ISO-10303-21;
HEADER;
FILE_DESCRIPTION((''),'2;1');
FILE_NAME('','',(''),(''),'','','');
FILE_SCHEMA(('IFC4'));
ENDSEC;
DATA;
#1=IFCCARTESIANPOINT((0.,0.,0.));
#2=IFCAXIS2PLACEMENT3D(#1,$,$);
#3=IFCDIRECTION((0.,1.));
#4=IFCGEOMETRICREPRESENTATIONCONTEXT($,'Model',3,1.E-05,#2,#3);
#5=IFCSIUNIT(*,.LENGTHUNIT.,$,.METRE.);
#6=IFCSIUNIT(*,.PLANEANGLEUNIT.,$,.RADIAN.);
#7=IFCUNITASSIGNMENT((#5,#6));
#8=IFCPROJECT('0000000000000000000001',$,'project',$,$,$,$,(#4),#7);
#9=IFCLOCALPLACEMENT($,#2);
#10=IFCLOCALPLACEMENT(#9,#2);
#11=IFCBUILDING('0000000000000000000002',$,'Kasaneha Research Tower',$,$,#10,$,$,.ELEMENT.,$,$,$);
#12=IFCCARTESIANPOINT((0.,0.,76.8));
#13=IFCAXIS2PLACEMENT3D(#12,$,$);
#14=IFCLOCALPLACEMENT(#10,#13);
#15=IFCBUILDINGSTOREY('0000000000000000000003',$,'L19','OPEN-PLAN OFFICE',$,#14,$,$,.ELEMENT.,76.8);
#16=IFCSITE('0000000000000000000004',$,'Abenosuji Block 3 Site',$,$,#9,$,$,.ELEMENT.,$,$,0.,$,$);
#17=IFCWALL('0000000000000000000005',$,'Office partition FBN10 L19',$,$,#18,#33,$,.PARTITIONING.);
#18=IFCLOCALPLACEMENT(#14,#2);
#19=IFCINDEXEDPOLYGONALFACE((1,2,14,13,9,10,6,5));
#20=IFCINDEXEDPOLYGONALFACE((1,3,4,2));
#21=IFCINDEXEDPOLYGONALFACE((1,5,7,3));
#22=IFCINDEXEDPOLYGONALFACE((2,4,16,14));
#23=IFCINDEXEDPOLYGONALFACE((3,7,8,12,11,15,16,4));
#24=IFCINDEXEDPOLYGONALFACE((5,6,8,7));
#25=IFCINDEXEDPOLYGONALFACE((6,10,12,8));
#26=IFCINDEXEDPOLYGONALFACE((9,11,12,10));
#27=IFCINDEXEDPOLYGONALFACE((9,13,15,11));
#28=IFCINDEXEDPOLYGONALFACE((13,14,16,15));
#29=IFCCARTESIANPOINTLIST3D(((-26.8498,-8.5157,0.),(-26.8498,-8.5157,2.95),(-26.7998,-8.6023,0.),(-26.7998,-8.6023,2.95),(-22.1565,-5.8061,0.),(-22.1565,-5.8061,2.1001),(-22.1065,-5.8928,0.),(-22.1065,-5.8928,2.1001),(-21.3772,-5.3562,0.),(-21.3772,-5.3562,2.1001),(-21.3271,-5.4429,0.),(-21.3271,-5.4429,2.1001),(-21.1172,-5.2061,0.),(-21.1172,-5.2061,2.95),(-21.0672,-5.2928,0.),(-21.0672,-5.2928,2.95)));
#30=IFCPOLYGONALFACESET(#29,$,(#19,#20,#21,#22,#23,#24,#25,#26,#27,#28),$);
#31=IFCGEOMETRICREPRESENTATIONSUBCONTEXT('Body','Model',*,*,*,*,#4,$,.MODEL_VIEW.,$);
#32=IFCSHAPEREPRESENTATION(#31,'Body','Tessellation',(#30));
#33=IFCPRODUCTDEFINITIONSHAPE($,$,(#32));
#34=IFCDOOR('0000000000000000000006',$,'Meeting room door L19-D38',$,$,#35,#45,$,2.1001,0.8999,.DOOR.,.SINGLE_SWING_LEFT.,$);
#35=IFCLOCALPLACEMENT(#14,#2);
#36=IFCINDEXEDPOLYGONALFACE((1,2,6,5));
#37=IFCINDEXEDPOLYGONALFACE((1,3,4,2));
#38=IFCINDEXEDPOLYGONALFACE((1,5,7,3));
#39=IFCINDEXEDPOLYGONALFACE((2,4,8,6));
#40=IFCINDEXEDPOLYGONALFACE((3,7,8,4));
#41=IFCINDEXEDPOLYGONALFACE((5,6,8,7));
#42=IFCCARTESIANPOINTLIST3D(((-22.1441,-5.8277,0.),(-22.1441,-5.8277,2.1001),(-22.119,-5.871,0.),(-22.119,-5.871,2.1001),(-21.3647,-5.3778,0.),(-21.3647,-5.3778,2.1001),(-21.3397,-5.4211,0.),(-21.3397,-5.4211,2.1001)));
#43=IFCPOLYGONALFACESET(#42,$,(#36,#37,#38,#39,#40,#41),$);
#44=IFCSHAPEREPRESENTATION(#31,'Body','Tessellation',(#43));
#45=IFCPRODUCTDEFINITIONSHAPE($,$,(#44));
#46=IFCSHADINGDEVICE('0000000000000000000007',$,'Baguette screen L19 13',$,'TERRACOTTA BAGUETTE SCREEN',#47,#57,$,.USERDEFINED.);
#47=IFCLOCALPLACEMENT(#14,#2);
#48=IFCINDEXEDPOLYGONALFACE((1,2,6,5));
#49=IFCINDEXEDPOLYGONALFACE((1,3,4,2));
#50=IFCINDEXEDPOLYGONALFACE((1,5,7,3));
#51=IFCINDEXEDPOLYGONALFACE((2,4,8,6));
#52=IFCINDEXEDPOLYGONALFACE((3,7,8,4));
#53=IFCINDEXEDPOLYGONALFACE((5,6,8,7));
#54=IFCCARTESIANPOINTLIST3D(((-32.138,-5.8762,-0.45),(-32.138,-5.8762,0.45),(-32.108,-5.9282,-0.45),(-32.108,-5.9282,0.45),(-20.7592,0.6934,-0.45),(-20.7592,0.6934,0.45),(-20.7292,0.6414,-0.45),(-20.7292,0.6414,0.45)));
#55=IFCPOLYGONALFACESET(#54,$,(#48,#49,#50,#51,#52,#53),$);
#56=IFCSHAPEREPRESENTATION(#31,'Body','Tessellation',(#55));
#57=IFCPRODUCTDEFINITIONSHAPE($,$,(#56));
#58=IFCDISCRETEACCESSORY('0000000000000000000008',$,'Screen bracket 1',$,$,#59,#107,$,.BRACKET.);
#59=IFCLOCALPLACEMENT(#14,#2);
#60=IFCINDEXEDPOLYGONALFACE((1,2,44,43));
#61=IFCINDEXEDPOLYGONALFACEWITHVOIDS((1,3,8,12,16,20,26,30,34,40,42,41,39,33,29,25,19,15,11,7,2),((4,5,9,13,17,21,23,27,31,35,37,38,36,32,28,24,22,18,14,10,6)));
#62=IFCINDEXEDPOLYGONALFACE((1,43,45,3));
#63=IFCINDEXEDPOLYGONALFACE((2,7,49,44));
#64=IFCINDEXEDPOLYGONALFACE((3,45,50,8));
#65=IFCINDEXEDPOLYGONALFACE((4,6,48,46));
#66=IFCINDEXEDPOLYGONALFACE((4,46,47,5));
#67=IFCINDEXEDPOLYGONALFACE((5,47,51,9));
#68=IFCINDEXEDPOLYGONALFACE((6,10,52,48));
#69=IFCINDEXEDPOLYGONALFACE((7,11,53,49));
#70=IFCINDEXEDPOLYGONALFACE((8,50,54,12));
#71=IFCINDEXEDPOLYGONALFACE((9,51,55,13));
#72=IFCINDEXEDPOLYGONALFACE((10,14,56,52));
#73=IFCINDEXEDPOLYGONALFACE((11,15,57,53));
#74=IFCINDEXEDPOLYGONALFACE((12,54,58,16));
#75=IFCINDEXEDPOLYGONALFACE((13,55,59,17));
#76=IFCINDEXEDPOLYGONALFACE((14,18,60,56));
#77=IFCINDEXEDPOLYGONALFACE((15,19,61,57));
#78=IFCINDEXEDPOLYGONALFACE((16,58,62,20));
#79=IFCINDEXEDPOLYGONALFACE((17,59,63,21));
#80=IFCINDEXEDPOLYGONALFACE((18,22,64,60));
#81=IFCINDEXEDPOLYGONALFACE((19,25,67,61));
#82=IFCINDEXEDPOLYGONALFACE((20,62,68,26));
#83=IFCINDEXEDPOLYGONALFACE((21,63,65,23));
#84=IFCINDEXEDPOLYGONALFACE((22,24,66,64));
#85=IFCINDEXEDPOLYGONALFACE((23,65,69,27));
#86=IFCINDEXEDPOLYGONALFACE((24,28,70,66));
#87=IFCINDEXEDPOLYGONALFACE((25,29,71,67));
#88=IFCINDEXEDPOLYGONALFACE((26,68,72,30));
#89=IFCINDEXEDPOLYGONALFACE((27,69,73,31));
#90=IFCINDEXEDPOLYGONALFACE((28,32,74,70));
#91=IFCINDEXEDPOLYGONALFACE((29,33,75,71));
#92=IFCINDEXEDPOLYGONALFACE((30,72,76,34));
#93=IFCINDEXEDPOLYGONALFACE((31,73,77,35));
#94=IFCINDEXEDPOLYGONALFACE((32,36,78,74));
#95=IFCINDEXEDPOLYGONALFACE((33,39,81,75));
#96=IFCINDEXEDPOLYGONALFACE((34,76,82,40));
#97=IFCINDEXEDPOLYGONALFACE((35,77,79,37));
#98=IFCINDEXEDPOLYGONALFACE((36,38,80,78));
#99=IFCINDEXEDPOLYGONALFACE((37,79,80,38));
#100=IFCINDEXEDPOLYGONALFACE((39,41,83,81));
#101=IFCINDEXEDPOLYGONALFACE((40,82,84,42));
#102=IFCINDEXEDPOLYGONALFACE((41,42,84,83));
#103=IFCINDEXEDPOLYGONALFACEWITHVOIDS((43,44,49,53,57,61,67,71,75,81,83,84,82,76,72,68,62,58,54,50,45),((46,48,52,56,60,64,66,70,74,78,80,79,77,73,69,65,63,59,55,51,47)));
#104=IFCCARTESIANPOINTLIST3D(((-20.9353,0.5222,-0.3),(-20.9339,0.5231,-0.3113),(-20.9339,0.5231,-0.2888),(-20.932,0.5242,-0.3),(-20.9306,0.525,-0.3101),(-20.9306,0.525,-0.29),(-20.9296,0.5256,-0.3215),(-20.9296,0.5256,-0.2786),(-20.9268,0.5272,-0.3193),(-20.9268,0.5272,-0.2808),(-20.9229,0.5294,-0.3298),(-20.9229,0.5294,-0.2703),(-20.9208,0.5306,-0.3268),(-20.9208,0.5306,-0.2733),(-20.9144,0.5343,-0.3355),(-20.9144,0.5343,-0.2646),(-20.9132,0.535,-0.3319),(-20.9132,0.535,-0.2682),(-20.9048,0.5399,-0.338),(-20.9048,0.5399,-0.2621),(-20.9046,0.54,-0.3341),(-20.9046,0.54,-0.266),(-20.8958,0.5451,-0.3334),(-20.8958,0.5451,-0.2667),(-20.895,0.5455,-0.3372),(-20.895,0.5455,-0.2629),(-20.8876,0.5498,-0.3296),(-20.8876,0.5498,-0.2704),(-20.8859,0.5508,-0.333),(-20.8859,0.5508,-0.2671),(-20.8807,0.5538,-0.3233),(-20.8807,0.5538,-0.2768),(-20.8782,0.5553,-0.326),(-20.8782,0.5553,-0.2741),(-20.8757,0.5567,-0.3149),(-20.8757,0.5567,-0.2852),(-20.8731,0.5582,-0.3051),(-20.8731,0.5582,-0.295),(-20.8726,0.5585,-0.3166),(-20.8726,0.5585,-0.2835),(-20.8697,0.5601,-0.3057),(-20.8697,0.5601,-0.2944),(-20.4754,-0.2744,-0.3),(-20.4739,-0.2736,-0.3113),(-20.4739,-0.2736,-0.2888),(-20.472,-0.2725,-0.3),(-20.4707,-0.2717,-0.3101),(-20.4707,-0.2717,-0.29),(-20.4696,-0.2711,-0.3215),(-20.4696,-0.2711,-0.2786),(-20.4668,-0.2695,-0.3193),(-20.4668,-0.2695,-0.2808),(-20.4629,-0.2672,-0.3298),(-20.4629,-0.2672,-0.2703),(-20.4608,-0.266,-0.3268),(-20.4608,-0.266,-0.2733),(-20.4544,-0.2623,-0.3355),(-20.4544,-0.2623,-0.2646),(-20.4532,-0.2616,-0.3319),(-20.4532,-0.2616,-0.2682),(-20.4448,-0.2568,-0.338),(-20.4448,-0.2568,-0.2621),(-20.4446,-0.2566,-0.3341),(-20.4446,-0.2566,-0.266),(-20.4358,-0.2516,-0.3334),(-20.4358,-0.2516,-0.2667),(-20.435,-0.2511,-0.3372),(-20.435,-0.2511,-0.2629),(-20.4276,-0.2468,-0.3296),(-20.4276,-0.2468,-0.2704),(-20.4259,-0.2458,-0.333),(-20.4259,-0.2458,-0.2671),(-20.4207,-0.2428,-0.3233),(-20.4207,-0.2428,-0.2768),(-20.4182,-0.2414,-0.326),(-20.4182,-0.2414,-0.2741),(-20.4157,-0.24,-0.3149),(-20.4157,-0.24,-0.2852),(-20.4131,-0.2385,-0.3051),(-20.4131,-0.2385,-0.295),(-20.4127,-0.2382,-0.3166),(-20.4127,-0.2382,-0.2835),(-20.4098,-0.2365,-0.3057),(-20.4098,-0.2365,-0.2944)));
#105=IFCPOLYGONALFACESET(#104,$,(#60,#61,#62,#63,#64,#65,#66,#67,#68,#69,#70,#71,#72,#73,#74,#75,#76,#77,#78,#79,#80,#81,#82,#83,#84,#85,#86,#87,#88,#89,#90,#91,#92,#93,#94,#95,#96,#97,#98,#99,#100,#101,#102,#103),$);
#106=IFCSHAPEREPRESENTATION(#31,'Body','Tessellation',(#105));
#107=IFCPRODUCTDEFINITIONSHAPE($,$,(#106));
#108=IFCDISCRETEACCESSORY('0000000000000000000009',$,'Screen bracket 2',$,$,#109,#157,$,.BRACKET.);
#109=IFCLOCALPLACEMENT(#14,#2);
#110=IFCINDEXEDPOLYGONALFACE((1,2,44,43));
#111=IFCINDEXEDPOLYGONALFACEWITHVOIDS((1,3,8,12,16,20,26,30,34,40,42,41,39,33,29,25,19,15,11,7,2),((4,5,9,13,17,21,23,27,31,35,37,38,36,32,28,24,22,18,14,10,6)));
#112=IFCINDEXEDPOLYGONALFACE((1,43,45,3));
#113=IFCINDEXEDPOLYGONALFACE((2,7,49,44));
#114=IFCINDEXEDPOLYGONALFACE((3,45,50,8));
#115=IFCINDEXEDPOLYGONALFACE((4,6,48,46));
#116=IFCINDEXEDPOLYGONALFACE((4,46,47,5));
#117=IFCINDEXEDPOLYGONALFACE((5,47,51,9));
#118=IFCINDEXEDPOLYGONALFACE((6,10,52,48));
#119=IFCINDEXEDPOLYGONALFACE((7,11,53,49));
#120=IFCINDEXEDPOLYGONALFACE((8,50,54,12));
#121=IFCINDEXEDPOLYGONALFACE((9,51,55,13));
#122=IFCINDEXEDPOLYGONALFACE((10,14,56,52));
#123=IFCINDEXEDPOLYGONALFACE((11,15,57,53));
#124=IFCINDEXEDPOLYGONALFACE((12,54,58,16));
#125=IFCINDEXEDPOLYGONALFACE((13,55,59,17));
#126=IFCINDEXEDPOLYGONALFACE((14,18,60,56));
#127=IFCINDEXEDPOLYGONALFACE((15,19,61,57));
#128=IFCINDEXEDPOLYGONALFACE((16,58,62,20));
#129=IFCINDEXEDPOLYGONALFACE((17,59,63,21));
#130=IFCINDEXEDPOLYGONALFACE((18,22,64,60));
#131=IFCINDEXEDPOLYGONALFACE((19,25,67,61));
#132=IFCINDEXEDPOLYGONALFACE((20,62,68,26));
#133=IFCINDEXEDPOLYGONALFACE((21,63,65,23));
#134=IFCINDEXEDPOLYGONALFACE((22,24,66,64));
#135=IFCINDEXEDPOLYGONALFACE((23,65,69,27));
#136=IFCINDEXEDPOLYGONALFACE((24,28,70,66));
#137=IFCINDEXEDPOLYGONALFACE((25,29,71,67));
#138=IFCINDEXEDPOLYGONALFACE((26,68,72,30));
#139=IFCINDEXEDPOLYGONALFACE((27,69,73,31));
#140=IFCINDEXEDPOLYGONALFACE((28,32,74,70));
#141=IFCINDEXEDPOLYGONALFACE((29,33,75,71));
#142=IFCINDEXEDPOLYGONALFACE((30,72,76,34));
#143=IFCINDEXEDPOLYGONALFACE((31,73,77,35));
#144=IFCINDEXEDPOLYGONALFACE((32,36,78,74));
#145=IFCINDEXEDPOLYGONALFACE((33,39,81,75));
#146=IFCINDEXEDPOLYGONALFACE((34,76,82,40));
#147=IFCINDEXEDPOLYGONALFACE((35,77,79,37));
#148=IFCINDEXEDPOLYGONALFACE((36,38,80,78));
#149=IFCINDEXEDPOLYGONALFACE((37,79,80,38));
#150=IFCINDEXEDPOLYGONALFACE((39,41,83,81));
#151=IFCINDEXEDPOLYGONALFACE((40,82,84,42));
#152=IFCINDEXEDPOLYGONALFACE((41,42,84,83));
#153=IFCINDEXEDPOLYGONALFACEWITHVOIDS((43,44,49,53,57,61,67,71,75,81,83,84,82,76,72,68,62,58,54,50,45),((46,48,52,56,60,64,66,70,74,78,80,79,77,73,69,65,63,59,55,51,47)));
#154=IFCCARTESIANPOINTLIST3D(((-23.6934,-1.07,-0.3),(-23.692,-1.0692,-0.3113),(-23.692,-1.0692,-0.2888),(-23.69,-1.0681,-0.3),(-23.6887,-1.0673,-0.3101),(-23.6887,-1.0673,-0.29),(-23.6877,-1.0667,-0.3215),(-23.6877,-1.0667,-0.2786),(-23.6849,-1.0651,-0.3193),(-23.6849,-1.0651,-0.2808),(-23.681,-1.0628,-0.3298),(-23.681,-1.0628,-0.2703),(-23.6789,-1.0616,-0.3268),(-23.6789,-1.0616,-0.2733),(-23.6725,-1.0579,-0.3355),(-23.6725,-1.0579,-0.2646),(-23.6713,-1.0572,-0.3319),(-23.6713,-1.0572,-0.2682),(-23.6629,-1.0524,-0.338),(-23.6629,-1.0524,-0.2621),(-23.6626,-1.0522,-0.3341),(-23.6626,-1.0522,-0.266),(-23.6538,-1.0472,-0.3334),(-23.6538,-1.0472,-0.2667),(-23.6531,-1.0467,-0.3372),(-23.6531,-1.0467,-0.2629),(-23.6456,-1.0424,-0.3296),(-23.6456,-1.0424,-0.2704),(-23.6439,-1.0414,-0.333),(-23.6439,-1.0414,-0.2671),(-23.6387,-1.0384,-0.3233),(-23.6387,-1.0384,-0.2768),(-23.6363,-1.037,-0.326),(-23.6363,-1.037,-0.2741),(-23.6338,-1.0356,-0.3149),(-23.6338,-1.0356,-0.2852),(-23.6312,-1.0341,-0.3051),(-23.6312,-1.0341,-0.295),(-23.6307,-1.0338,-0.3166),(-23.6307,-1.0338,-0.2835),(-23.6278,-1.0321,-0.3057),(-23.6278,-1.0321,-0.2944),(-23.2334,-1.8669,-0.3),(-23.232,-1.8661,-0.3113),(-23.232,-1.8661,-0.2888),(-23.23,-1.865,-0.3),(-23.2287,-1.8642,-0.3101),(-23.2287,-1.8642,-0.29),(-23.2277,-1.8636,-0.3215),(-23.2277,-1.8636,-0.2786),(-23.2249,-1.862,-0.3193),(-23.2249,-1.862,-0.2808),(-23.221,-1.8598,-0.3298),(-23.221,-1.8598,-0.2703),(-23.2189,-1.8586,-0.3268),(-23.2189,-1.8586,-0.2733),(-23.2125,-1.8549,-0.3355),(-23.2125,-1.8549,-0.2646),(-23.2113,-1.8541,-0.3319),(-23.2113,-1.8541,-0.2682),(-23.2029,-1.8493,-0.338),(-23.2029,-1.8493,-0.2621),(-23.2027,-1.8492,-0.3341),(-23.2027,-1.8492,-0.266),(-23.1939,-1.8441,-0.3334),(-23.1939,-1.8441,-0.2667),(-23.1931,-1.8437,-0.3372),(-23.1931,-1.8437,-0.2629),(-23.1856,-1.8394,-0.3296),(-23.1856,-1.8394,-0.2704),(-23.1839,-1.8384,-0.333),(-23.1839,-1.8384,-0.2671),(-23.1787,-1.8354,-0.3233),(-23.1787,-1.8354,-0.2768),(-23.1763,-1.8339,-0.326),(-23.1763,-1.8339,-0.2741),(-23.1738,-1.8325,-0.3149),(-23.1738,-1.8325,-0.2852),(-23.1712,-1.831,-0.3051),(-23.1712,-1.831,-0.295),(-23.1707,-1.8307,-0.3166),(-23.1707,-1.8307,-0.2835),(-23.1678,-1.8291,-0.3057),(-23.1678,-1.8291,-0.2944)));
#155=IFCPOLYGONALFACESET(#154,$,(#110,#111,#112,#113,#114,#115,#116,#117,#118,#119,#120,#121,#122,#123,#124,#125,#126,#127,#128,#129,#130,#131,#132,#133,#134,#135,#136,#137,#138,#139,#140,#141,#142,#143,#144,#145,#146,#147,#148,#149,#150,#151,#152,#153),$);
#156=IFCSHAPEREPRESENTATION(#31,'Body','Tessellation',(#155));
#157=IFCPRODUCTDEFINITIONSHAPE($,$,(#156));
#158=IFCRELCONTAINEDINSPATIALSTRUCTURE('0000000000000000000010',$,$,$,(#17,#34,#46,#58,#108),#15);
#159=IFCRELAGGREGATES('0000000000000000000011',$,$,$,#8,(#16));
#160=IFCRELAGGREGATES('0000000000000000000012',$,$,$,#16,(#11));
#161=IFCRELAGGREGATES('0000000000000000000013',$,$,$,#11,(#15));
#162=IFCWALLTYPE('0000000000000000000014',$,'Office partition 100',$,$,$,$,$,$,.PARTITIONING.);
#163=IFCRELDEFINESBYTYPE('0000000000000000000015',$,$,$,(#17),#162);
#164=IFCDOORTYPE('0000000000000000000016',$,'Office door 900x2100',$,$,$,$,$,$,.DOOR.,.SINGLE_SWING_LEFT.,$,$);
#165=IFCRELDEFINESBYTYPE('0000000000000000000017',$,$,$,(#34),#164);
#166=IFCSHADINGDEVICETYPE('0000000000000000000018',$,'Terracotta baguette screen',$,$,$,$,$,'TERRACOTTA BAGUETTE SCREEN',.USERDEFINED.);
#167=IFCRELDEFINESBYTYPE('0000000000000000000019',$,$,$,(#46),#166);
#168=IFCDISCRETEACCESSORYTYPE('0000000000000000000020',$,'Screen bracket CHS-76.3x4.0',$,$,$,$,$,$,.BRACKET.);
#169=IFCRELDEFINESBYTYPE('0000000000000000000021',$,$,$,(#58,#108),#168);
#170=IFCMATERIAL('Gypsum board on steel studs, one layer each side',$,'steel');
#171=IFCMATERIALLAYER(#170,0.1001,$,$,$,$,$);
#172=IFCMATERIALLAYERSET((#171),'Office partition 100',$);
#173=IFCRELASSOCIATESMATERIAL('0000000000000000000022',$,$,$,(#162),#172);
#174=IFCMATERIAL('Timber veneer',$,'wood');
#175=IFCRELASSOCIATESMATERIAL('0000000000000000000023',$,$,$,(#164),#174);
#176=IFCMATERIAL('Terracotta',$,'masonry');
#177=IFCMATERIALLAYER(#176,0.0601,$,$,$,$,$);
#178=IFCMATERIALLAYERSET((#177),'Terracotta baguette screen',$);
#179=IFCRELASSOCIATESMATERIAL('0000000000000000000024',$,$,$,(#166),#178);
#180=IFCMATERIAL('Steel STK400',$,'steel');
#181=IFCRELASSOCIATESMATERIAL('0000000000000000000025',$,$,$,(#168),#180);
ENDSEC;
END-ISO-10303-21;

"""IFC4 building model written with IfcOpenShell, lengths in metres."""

from ifc_helpers import new_model, si_unit, direction, frame, frame_2d, origin, origin_2d, place, context, subcontext, project, spatial, rectangle, hollow_circle, extrude, material, layer, layer_set, material_profile, profile_set, type_object, element, fill, save


model = new_model("IFC4")

# Units and contexts
model_context = context("Model", 3, precision=1e-05, world=origin(), true_north=direction((0.0, 1.0)))
body_context = subcontext(model_context, "Body", "Model", "MODEL_VIEW")
ifc_project = project(units=[si_unit("LENGTHUNIT", "METRE"), si_unit("PLANEANGLEUNIT", "RADIAN")], contexts=[model_context])

# Site, building, storey
site_placement = place(None, origin())
site = spatial("IfcSite", under=ifc_project, at=site_placement, Name="Abenosuji Block 3 Site", CompositionType="ELEMENT", RefElevation=0.0)
building_placement = place(site_placement, origin())
building = spatial("IfcBuilding", under=site, at=building_placement, Name="Kasaneha Research Tower", CompositionType="ELEMENT")
storey_placement = place(building_placement, frame((0.0, 0.0, 76.8)))
storey = spatial("IfcBuildingStorey", under=building, at=storey_placement, Name="L19", Description="OPEN-PLAN OFFICE", CompositionType="ELEMENT", Elevation=76.8)

# Shared definitions
ifc_material_1 = material(Name="Gypsum board on steel studs, one layer each side", Category="steel")
ifc_layer_1 = layer(ifc_material_1, 0.1001)
ifc_layer_set_1 = layer_set([ifc_layer_1], Name="Office partition 100")
wall_type = type_object("IfcWallType", Name="Office partition 100", PredefinedType="PARTITIONING", material=ifc_layer_set_1)

# Wall, opening, door
wall_1_placement = place(storey_placement, frame((-21.0923, -5.2495, 0.0), z_axis=(0.0, 0.0, 1.0), x_axis=(-0.866038, -0.499979, 0.0)))
wall_1 = element("IfcWall", 1, at=wall_1_placement, inside=storey, type_object=wall_type, Name="Office partition FBN10 L19", PredefinedType="PARTITIONING", context=body_context, shape_type="SweptSolid", body=[
    extrude(rectangle(XDim=6.6194, YDim=0.1001, at=frame_2d((3.3096, 0.0))), origin(), (0.0, 0.0, 1.0), 2.95),
])
opening_placement = place(wall_1_placement, frame((0.3, 0.0, 0.0)))
opening = element("IfcOpeningElement", 2, at=opening_placement, cuts=wall_1, PredefinedType="OPENING", context=body_context, shape_type="SweptSolid", body=[
    extrude(rectangle(XDim=0.8999, YDim=2.1001, at=frame_2d((0.45, 1.05))), frame((0.0, 0.0601, 0.0), z_axis=(0.0, -1.0, 0.0), x_axis=(1.0, 0.0, 0.0)), (0.0, 0.0, 1.0), 0.1201),
])
ifc_material_2 = material(Name="Timber veneer", Category="wood")
door_type = type_object("IfcDoorType", Name="Office door 900x2100", OperationType="SINGLE_SWING_LEFT", PredefinedType="DOOR", material=ifc_material_2)
door_placement = place(opening_placement, origin())
door = element("IfcDoor", 3, at=door_placement, inside=storey, type_object=door_type, Name="Meeting room door L19-D38", OperationType="SINGLE_SWING_LEFT", OverallHeight=2.1001, OverallWidth=0.8999, PredefinedType="DOOR", context=body_context, shape_type="SweptSolid", body=[
    extrude(rectangle(XDim=0.8999, YDim=2.1001, at=frame_2d((0.45, 1.05))), frame((0.0, 0.0249, 0.0), z_axis=(0.0, -1.0, 0.0), x_axis=(1.0, 0.0, 0.0)), (0.0, 0.0, 1.0), 0.05),
])
fill(opening, door)

# Shading device
ifc_material_3 = material(Name="Terracotta", Category="masonry")
ifc_layer_2 = layer(ifc_material_3, 0.0601)
ifc_layer_set_2 = layer_set([ifc_layer_2], Name="Terracotta baguette screen")
shading_device_type = type_object("IfcShadingDeviceType", Name="Terracotta baguette screen", ElementType="TERRACOTTA BAGUETTE SCREEN", PredefinedType="USERDEFINED", material=ifc_layer_set_2)
shading_device_placement = place(storey_placement, frame((-26.4336, -2.6174, -0.45), z_axis=(0.0, 0.0, 1.0), x_axis=(-0.866025, -0.5, 0.0)))
element("IfcShadingDevice", 4, at=shading_device_placement, inside=storey, type_object=shading_device_type, Name="Baguette screen L19 13", ObjectType="TERRACOTTA BAGUETTE SCREEN", PredefinedType="USERDEFINED", context=body_context, shape_type="SweptSolid", body=[
    extrude(rectangle(XDim=13.1392, YDim=0.0601, at=origin_2d()), origin(), (0.0, 0.0, 1.0), 0.8999),
])

# Discrete accessories
ifc_material_4 = material(Name="Steel STK400", Category="steel")
ifc_material_profile_1 = material_profile(ifc_material_4, hollow_circle(Radius=0.0381, WallThickness=0.0039, at=origin_2d()), Name="CHS-76.3x4.0")
ifc_profile_set_1 = profile_set([ifc_material_profile_1], Name="Steel STK400")
discrete_accessory_type = type_object("IfcDiscreteAccessoryType", Name="Screen bracket CHS-76.3x4.0", PredefinedType="BRACKET", material=ifc_profile_set_1)
discrete_accessory_1_placement = place(storey_placement, frame((-20.4424, -0.2554, -0.3), z_axis=(-0.500021, 0.866013, 0.0), x_axis=(-0.866013, -0.500021, 0.0)))
element("IfcDiscreteAccessory", 5, at=discrete_accessory_1_placement, inside=storey, type_object=discrete_accessory_type, Name="Screen bracket 1", PredefinedType="BRACKET", context=body_context, shape_type="SweptSolid", body=[
    extrude(hollow_circle(Radius=0.0381, WallThickness=0.0039, at=origin_2d()), origin(), (0.0, 0.0, 1.0), 0.9199),
])
discrete_accessory_2_placement = place(storey_placement, frame((-23.2004, -1.8479, -0.3), z_axis=(-0.499906, 0.86608, 0.0), x_axis=(-0.86608, -0.499906, 0.0)))
element("IfcDiscreteAccessory", 6, at=discrete_accessory_2_placement, inside=storey, type_object=discrete_accessory_type, Name="Screen bracket 2", PredefinedType="BRACKET", context=body_context, shape_type="SweptSolid", body=[
    extrude(hollow_circle(Radius=0.0381, WallThickness=0.0039, at=origin_2d()), origin(), (0.0, 0.0, 1.0), 0.9202),
])

save(model, "model.ifc")
